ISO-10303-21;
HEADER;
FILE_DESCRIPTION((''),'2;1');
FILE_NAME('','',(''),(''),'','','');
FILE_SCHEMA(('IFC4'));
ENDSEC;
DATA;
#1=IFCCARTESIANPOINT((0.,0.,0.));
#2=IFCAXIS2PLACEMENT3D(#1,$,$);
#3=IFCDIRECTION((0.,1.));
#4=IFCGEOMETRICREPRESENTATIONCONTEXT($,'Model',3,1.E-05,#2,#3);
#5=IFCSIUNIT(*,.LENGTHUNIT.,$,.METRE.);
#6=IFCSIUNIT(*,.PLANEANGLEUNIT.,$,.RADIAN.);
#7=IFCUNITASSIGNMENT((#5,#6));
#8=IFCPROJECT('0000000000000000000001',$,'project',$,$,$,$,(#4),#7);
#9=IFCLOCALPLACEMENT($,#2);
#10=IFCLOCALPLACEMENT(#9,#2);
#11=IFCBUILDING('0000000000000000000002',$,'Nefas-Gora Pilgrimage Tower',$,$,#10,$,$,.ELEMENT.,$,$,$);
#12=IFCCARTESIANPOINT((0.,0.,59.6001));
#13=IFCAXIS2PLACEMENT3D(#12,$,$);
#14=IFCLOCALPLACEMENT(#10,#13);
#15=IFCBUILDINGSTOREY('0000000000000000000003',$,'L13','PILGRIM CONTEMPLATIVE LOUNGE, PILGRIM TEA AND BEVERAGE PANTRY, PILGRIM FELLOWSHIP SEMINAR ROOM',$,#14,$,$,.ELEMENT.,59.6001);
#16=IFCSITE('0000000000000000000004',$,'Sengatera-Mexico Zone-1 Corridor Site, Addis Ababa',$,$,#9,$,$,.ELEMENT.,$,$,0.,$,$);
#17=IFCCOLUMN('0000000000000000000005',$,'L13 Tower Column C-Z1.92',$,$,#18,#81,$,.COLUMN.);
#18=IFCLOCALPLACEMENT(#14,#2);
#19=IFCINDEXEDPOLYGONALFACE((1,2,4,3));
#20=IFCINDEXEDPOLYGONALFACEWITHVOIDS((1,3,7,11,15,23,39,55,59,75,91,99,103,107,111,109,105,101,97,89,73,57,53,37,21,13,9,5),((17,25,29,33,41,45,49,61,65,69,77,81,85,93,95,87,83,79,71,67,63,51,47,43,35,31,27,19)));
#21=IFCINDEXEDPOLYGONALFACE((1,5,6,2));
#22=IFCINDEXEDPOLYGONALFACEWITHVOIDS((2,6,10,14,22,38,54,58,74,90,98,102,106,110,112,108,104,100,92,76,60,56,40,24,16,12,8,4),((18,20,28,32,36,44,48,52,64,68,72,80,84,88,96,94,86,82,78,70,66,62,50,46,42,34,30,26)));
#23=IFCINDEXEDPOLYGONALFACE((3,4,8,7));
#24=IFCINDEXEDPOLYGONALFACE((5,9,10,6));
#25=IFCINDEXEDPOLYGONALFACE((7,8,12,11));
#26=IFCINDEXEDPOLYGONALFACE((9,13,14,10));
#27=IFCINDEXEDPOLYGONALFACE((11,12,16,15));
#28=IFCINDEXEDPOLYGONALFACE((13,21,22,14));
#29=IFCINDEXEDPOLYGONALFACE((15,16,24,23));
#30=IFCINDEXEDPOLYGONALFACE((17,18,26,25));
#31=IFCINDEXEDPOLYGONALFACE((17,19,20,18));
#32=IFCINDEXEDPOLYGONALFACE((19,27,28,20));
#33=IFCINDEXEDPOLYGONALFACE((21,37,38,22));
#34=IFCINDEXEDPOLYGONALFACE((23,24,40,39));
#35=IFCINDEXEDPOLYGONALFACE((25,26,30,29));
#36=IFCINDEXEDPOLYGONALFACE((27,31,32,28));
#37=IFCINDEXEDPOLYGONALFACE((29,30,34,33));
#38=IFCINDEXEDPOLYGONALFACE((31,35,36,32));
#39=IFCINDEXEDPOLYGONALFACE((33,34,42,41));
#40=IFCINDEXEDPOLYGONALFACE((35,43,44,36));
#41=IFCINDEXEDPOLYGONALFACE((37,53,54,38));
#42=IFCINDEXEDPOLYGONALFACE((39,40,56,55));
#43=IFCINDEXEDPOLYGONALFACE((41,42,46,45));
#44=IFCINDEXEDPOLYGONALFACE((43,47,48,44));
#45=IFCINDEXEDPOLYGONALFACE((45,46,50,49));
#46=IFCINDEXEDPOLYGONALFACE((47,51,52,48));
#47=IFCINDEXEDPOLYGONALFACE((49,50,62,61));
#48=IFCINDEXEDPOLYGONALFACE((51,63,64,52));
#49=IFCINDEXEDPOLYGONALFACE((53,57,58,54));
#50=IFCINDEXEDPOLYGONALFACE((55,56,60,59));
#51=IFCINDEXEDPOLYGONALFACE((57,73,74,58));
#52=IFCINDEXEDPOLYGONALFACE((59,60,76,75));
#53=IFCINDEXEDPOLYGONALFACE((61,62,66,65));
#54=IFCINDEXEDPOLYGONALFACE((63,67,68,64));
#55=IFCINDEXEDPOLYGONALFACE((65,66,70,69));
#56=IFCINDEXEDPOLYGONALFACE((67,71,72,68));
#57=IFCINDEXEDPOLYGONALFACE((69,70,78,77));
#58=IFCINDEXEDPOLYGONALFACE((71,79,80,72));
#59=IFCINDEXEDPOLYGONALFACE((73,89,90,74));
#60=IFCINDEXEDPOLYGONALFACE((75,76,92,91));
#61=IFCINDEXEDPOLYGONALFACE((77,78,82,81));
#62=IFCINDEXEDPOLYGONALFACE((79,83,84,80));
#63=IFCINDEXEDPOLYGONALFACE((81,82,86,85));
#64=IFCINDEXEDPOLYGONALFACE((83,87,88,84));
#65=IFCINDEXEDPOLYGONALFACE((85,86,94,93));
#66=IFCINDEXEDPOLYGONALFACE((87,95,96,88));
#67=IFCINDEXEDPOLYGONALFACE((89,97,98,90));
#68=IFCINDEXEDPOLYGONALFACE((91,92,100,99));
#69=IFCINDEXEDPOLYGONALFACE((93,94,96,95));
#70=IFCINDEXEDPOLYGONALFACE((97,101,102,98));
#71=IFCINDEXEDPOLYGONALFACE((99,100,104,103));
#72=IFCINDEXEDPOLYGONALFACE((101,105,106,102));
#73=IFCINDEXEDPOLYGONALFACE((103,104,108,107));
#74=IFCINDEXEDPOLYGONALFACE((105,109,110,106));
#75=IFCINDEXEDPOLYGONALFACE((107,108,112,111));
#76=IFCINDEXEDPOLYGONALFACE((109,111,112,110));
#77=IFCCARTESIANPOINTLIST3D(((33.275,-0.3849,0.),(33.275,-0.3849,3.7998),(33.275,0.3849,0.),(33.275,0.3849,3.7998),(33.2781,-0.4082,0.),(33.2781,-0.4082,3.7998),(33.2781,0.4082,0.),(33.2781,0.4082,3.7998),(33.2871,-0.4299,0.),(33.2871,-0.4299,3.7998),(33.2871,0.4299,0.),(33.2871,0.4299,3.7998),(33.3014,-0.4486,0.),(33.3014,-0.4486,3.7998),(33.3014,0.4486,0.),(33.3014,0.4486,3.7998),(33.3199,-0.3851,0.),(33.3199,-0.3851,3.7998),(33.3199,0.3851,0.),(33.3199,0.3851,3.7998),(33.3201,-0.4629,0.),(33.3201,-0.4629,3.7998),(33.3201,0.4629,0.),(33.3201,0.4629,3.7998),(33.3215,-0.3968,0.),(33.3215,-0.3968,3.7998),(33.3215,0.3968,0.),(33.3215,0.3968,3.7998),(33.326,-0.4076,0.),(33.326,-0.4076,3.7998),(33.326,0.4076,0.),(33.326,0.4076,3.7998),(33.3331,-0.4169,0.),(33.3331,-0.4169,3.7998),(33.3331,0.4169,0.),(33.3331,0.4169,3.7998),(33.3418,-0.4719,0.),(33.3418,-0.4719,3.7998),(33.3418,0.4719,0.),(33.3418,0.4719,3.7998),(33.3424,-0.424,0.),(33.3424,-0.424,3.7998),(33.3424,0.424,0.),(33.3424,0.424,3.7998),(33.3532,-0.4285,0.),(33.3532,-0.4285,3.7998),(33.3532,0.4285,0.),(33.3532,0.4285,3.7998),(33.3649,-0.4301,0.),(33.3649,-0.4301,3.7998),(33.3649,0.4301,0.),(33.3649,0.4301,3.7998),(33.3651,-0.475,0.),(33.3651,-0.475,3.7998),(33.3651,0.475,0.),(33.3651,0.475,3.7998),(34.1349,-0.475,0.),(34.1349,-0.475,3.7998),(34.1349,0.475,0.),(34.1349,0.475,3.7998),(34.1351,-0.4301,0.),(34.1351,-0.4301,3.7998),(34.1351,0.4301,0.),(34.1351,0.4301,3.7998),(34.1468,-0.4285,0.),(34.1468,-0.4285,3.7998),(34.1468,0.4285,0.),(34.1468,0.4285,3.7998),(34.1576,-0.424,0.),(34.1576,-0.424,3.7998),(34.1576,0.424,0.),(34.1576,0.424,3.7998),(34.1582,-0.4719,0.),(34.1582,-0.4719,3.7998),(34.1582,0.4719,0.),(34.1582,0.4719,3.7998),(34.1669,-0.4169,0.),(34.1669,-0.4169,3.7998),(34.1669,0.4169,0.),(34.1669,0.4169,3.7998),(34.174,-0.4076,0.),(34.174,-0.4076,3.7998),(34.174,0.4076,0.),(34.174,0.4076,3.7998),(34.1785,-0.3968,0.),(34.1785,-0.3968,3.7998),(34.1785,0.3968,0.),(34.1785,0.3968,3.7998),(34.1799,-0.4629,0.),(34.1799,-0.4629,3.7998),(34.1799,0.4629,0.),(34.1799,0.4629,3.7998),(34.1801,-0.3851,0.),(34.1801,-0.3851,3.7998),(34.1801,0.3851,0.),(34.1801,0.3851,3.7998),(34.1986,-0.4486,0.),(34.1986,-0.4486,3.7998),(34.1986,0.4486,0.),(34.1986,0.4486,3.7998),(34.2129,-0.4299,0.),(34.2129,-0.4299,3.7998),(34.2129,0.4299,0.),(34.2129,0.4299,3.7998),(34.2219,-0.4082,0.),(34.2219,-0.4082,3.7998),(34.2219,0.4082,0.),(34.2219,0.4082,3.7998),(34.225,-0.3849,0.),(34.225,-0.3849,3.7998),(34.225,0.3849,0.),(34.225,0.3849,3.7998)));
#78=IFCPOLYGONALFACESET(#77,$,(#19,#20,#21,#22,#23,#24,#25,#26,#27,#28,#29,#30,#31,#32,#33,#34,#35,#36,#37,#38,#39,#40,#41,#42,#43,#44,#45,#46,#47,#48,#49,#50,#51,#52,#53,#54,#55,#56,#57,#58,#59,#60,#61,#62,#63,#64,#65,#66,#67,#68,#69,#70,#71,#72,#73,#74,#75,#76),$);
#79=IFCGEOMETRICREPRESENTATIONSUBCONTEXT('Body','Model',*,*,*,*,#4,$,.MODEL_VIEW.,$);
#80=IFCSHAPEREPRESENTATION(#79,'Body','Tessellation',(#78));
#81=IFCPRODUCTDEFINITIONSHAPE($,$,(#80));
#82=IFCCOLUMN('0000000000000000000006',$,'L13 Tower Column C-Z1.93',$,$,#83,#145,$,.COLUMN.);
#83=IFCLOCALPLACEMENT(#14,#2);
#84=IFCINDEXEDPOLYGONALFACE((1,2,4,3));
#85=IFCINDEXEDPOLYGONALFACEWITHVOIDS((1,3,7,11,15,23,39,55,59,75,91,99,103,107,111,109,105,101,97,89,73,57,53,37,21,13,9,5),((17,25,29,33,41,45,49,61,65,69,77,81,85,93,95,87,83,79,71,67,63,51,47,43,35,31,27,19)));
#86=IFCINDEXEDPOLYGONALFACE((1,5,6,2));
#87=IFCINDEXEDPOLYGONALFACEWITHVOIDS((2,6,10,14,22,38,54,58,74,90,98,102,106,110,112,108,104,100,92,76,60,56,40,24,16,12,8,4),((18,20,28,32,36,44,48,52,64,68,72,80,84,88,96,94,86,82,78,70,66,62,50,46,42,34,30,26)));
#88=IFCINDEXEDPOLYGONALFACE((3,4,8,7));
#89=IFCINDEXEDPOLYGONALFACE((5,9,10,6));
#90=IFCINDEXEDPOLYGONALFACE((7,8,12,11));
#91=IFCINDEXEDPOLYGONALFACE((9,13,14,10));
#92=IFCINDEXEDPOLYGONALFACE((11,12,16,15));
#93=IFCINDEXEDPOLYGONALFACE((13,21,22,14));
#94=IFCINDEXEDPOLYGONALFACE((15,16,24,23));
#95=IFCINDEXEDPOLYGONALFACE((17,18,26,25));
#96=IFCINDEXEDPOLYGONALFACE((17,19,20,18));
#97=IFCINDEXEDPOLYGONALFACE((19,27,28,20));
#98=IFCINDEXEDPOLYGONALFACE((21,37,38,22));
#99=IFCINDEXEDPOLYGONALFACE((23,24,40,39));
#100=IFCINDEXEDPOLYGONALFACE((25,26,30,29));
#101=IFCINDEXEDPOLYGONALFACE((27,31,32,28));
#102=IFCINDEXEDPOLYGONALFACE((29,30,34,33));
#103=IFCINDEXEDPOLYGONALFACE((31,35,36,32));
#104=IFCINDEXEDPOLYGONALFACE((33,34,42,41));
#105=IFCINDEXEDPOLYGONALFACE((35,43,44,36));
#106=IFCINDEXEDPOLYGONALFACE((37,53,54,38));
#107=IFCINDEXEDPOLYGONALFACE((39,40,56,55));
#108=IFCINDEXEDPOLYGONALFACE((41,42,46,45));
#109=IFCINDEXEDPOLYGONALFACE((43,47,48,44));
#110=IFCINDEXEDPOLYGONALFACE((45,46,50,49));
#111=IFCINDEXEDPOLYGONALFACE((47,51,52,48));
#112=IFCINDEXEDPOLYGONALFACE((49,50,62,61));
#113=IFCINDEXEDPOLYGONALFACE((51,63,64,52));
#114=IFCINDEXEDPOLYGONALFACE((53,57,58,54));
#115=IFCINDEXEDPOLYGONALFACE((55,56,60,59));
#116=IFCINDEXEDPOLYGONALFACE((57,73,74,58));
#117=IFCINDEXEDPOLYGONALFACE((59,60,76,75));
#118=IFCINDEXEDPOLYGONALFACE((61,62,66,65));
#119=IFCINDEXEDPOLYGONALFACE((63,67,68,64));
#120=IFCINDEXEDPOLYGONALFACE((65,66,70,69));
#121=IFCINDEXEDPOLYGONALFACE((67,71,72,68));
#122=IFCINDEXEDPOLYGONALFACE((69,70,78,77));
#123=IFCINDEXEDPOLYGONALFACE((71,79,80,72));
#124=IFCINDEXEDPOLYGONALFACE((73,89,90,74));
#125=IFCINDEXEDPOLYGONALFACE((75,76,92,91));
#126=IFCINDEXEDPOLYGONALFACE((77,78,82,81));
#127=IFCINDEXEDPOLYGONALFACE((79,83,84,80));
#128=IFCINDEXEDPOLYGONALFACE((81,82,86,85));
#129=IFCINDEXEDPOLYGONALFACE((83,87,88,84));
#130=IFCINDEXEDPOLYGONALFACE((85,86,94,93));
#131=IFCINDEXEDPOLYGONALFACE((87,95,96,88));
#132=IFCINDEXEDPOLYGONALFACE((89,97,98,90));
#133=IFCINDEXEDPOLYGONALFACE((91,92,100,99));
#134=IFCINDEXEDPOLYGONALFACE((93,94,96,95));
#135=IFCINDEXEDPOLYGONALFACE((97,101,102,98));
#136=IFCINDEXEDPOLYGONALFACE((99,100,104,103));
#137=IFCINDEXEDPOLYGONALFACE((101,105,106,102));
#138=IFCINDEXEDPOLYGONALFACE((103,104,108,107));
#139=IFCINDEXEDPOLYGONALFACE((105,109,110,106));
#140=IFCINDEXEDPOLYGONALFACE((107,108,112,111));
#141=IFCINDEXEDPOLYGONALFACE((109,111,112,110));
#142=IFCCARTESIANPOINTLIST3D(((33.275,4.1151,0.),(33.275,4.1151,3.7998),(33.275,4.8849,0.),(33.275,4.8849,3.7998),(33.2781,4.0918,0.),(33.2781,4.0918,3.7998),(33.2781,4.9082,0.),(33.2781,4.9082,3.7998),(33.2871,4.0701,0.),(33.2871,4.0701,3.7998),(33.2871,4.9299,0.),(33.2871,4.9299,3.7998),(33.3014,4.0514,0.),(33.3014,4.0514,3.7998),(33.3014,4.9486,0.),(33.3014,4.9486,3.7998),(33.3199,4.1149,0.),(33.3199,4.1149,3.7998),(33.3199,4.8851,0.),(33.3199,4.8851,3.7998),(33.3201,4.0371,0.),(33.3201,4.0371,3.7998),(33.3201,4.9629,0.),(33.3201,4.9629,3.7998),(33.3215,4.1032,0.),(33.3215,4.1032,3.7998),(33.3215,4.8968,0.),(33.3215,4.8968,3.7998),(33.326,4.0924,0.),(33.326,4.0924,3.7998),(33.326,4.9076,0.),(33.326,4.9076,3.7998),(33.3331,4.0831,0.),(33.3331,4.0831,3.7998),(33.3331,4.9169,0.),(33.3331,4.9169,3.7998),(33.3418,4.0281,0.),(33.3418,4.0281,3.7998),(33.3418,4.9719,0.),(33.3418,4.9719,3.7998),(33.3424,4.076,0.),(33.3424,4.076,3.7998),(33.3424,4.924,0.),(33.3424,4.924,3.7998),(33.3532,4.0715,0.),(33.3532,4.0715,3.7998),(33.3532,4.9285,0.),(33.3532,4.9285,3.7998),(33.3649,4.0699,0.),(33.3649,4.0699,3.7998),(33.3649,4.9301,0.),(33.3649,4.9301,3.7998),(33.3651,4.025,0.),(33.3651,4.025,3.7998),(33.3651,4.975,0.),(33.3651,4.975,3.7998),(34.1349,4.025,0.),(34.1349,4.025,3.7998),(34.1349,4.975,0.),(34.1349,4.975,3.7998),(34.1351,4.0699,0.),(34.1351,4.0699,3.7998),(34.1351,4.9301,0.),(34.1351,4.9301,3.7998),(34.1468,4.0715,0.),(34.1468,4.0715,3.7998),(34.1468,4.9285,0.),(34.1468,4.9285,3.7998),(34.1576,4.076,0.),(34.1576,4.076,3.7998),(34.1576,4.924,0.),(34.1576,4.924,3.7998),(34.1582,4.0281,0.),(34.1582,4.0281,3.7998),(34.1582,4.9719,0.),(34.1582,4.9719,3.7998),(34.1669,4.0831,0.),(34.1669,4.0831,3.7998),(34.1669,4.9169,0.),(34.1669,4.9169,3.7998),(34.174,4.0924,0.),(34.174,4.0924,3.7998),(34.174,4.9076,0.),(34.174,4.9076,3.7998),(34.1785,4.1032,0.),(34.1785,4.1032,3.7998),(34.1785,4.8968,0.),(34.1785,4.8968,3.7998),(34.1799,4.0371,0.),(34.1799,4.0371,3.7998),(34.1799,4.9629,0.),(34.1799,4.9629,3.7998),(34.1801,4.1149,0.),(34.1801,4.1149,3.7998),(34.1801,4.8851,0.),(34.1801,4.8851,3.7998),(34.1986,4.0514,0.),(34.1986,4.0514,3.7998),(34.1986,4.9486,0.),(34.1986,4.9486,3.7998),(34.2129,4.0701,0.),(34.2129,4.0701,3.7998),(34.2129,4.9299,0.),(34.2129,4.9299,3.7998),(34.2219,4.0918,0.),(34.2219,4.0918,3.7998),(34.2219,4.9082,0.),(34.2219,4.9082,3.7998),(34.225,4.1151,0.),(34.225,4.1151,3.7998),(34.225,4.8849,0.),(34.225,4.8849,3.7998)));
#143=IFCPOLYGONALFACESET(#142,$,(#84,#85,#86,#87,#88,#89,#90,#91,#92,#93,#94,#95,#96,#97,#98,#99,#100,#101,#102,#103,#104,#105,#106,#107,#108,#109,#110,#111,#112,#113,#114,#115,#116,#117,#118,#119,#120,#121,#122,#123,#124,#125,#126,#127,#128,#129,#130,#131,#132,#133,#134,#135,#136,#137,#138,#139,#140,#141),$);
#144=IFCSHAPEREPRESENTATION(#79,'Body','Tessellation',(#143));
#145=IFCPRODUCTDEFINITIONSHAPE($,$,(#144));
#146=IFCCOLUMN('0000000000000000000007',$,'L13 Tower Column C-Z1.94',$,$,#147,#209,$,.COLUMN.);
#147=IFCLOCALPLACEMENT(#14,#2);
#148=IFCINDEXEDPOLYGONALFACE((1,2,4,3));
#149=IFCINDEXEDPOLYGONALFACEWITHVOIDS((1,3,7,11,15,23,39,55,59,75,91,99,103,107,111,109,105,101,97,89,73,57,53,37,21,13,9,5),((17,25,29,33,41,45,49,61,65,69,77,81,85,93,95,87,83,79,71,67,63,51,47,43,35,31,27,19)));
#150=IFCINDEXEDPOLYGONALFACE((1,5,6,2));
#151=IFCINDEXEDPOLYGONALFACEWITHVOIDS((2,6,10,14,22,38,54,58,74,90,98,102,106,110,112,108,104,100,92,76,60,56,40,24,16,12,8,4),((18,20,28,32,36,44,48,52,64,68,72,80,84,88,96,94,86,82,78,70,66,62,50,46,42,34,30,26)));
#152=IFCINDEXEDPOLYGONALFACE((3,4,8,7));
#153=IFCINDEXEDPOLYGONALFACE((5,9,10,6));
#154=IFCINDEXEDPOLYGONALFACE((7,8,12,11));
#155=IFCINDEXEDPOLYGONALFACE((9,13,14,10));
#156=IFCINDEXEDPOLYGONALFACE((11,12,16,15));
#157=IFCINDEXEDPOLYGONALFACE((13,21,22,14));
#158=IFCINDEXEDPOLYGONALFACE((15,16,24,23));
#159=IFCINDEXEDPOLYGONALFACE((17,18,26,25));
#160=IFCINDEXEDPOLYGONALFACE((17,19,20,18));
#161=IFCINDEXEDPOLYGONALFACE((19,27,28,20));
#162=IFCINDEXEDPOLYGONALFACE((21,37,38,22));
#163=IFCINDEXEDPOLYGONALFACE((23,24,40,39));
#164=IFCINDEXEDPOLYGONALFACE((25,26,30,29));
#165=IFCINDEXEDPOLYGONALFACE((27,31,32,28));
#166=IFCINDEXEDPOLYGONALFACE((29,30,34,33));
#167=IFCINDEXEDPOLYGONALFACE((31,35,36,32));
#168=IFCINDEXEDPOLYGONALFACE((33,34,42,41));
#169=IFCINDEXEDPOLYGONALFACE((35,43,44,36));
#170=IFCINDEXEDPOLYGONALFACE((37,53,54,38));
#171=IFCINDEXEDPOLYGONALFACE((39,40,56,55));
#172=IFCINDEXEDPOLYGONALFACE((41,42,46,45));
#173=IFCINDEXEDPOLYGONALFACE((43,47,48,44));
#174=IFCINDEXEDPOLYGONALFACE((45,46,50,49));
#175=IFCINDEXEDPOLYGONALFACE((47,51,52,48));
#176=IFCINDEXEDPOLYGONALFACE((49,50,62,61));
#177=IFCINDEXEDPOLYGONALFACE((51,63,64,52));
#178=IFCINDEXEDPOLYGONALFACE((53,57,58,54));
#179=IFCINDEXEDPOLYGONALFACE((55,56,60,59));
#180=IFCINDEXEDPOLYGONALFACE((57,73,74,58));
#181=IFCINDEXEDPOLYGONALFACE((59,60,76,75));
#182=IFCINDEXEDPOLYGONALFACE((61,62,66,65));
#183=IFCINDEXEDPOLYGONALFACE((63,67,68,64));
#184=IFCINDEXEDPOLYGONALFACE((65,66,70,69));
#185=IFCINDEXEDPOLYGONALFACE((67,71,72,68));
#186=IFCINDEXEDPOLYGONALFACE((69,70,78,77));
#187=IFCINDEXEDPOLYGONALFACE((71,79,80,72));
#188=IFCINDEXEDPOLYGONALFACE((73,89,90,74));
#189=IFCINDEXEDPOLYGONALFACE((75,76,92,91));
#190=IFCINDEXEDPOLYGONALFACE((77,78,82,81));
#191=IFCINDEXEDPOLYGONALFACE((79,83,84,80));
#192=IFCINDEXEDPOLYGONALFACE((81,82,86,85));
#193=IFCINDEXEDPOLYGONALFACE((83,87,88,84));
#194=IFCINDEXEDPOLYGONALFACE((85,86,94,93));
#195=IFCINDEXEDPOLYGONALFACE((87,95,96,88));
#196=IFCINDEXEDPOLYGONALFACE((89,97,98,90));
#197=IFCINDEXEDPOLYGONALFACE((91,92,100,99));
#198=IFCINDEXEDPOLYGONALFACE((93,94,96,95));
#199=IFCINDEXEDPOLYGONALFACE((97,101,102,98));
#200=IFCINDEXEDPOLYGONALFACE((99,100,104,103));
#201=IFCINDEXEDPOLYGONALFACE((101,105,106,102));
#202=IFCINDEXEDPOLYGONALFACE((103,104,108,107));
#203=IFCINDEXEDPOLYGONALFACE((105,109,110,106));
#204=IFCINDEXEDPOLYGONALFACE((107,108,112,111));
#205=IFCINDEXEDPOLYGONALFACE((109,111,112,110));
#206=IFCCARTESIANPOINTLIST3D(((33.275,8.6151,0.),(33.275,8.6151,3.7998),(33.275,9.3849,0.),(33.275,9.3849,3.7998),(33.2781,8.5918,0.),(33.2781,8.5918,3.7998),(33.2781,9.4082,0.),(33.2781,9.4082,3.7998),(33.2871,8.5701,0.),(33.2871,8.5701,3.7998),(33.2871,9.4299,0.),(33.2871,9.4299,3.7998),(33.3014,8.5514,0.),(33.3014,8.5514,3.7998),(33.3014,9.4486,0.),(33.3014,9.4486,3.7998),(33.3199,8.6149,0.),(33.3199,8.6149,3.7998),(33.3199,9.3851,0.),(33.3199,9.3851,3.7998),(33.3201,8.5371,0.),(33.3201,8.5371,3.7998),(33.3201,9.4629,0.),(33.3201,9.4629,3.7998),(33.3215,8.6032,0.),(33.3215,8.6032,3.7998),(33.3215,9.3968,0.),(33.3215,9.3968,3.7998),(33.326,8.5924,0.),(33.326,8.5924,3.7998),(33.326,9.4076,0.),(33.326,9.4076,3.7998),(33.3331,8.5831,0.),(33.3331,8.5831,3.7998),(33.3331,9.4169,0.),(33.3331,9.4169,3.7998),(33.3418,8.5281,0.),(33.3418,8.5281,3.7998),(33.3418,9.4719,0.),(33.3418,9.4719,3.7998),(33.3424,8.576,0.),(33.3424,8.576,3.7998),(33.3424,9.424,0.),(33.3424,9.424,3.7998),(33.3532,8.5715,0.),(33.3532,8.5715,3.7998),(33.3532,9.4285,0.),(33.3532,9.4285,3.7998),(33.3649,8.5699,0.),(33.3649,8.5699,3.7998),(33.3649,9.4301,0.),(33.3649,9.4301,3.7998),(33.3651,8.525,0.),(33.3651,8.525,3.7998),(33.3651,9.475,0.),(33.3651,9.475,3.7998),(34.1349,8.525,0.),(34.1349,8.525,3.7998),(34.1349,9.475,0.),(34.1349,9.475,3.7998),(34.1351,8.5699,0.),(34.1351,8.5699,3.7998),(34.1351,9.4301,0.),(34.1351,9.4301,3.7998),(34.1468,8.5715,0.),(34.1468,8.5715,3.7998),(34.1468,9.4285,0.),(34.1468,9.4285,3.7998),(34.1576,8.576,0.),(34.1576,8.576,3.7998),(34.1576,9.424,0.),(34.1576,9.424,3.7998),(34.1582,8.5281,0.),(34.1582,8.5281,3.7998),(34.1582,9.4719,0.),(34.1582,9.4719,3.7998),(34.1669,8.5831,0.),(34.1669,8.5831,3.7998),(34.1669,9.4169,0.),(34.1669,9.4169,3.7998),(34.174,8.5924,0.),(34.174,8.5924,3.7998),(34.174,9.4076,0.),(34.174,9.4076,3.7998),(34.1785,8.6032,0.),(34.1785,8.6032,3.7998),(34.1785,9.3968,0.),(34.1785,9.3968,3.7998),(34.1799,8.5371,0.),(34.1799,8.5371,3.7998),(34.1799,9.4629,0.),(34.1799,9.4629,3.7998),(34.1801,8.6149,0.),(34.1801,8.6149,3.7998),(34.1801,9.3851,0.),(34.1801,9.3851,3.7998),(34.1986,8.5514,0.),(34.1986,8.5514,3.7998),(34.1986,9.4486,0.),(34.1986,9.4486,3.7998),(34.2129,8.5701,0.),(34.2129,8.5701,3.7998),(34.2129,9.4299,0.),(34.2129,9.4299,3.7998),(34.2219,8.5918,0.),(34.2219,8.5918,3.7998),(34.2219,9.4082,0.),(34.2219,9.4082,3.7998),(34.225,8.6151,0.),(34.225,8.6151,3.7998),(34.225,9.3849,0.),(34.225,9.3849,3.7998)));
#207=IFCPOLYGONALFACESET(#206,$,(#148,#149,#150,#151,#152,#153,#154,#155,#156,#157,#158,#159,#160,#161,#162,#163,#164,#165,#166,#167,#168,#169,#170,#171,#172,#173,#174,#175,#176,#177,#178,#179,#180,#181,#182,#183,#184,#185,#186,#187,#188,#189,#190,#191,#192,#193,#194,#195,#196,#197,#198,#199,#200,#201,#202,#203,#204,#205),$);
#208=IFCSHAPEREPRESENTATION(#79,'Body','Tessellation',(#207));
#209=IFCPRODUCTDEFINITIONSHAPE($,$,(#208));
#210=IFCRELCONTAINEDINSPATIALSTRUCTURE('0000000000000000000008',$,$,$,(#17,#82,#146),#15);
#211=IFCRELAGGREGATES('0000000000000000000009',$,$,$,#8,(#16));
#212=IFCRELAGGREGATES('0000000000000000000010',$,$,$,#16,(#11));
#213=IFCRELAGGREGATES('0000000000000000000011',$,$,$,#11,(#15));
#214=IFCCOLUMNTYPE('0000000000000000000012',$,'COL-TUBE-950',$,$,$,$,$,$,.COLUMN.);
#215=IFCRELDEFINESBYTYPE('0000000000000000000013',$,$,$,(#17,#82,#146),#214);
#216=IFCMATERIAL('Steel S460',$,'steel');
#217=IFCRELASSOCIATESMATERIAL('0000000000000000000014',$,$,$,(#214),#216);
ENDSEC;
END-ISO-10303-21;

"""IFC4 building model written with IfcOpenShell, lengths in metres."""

from ifc_helpers import new_model, si_unit, direction, frame, origin, origin_2d, place, context, subcontext, project, spatial, hollow_rectangle, extrude, source, transform, mapped, material, material_profile, profile_set, type_object, element, save


model = new_model("IFC4")

# Units and contexts
model_context = context("Model", 3, precision=1e-05, world=origin(), true_north=direction((0.0, 1.0)))
body_context = subcontext(model_context, "Body", "Model", "MODEL_VIEW")
ifc_project = project(units=[si_unit("LENGTHUNIT", "METRE"), si_unit("PLANEANGLEUNIT", "RADIAN")], contexts=[model_context])

# Site, building, storey
site_placement = place(None, origin())
site = spatial("IfcSite", under=ifc_project, at=site_placement, Name="Sengatera-Mexico Zone-1 Corridor Site, Addis Ababa", CompositionType="ELEMENT", RefElevation=0.0)
building_placement = place(site_placement, origin())
building = spatial("IfcBuilding", under=site, at=building_placement, Name="Nefas-Gora Pilgrimage Tower", CompositionType="ELEMENT")
storey_placement = place(building_placement, frame((0.0, 0.0, 59.6001)))
storey = spatial("IfcBuildingStorey", under=building, at=storey_placement, Name="L13", Description="PILGRIM CONTEMPLATIVE LOUNGE, PILGRIM TEA AND BEVERAGE PANTRY, PILGRIM FELLOWSHIP SEMINAR ROOM", CompositionType="ELEMENT", Elevation=59.6001)

# Columns
ifc_material_1 = material(Name="Steel S460", Category="steel")
ifc_material_profile_1 = material_profile(ifc_material_1, hollow_rectangle(XDim=0.95, YDim=0.95, WallThickness=0.0449, InnerFilletRadius=0.0449, OuterFilletRadius=0.0901, at=origin_2d()), Name="BOX 950x950x45")
ifc_profile_set_1 = profile_set([ifc_material_profile_1], Name="Steel S460")
column_type_1 = type_object("IfcColumnType", Name="COL-TUBE-950", PredefinedType="COLUMN", material=ifc_profile_set_1)
shared_shape_1 = source(origin(), body_context, "Body", "SweptSolid", [
    extrude(hollow_rectangle(XDim=0.95, YDim=0.95, WallThickness=0.0449, InnerFilletRadius=0.0449, OuterFilletRadius=0.0901, at=origin_2d()), origin(), (0.0, 0.0, 1.0), 3.7998),
])
for number, where, z_axis, x_axis, name in (
    (1, (33.75, 0.0, 0.0), (0.0, 0.0, 1.0), (1.0, 0.0, 0.0), "L13 Tower Column C-Z1.92"),
    (2, (33.75, 4.5, 0.0), (0.0, 0.0, 1.0), (1.0, 0.0, 0.0), "L13 Tower Column C-Z1.93"),
    (3, (33.75, 9.0, 0.0), (0.0, 0.0, 1.0), (1.0, 0.0, 0.0), "L13 Tower Column C-Z1.94"),
):
    element("IfcColumn", number, at=place(storey_placement, frame(where, z_axis=z_axis, x_axis=x_axis)), inside=storey, type_object=column_type_1, Name=name, PredefinedType="COLUMN", context=body_context, shape_type="MappedRepresentation", body=[
        mapped(shared_shape_1, transform((0.0, 0.0, 0.0), x_axis=(1.0, 0.0, 0.0), y_axis=(0.0, 1.0, 0.0), z_axis=(0.0, 0.0, 1.0), scale=1.0)),
    ])

save(model, "model.ifc")
